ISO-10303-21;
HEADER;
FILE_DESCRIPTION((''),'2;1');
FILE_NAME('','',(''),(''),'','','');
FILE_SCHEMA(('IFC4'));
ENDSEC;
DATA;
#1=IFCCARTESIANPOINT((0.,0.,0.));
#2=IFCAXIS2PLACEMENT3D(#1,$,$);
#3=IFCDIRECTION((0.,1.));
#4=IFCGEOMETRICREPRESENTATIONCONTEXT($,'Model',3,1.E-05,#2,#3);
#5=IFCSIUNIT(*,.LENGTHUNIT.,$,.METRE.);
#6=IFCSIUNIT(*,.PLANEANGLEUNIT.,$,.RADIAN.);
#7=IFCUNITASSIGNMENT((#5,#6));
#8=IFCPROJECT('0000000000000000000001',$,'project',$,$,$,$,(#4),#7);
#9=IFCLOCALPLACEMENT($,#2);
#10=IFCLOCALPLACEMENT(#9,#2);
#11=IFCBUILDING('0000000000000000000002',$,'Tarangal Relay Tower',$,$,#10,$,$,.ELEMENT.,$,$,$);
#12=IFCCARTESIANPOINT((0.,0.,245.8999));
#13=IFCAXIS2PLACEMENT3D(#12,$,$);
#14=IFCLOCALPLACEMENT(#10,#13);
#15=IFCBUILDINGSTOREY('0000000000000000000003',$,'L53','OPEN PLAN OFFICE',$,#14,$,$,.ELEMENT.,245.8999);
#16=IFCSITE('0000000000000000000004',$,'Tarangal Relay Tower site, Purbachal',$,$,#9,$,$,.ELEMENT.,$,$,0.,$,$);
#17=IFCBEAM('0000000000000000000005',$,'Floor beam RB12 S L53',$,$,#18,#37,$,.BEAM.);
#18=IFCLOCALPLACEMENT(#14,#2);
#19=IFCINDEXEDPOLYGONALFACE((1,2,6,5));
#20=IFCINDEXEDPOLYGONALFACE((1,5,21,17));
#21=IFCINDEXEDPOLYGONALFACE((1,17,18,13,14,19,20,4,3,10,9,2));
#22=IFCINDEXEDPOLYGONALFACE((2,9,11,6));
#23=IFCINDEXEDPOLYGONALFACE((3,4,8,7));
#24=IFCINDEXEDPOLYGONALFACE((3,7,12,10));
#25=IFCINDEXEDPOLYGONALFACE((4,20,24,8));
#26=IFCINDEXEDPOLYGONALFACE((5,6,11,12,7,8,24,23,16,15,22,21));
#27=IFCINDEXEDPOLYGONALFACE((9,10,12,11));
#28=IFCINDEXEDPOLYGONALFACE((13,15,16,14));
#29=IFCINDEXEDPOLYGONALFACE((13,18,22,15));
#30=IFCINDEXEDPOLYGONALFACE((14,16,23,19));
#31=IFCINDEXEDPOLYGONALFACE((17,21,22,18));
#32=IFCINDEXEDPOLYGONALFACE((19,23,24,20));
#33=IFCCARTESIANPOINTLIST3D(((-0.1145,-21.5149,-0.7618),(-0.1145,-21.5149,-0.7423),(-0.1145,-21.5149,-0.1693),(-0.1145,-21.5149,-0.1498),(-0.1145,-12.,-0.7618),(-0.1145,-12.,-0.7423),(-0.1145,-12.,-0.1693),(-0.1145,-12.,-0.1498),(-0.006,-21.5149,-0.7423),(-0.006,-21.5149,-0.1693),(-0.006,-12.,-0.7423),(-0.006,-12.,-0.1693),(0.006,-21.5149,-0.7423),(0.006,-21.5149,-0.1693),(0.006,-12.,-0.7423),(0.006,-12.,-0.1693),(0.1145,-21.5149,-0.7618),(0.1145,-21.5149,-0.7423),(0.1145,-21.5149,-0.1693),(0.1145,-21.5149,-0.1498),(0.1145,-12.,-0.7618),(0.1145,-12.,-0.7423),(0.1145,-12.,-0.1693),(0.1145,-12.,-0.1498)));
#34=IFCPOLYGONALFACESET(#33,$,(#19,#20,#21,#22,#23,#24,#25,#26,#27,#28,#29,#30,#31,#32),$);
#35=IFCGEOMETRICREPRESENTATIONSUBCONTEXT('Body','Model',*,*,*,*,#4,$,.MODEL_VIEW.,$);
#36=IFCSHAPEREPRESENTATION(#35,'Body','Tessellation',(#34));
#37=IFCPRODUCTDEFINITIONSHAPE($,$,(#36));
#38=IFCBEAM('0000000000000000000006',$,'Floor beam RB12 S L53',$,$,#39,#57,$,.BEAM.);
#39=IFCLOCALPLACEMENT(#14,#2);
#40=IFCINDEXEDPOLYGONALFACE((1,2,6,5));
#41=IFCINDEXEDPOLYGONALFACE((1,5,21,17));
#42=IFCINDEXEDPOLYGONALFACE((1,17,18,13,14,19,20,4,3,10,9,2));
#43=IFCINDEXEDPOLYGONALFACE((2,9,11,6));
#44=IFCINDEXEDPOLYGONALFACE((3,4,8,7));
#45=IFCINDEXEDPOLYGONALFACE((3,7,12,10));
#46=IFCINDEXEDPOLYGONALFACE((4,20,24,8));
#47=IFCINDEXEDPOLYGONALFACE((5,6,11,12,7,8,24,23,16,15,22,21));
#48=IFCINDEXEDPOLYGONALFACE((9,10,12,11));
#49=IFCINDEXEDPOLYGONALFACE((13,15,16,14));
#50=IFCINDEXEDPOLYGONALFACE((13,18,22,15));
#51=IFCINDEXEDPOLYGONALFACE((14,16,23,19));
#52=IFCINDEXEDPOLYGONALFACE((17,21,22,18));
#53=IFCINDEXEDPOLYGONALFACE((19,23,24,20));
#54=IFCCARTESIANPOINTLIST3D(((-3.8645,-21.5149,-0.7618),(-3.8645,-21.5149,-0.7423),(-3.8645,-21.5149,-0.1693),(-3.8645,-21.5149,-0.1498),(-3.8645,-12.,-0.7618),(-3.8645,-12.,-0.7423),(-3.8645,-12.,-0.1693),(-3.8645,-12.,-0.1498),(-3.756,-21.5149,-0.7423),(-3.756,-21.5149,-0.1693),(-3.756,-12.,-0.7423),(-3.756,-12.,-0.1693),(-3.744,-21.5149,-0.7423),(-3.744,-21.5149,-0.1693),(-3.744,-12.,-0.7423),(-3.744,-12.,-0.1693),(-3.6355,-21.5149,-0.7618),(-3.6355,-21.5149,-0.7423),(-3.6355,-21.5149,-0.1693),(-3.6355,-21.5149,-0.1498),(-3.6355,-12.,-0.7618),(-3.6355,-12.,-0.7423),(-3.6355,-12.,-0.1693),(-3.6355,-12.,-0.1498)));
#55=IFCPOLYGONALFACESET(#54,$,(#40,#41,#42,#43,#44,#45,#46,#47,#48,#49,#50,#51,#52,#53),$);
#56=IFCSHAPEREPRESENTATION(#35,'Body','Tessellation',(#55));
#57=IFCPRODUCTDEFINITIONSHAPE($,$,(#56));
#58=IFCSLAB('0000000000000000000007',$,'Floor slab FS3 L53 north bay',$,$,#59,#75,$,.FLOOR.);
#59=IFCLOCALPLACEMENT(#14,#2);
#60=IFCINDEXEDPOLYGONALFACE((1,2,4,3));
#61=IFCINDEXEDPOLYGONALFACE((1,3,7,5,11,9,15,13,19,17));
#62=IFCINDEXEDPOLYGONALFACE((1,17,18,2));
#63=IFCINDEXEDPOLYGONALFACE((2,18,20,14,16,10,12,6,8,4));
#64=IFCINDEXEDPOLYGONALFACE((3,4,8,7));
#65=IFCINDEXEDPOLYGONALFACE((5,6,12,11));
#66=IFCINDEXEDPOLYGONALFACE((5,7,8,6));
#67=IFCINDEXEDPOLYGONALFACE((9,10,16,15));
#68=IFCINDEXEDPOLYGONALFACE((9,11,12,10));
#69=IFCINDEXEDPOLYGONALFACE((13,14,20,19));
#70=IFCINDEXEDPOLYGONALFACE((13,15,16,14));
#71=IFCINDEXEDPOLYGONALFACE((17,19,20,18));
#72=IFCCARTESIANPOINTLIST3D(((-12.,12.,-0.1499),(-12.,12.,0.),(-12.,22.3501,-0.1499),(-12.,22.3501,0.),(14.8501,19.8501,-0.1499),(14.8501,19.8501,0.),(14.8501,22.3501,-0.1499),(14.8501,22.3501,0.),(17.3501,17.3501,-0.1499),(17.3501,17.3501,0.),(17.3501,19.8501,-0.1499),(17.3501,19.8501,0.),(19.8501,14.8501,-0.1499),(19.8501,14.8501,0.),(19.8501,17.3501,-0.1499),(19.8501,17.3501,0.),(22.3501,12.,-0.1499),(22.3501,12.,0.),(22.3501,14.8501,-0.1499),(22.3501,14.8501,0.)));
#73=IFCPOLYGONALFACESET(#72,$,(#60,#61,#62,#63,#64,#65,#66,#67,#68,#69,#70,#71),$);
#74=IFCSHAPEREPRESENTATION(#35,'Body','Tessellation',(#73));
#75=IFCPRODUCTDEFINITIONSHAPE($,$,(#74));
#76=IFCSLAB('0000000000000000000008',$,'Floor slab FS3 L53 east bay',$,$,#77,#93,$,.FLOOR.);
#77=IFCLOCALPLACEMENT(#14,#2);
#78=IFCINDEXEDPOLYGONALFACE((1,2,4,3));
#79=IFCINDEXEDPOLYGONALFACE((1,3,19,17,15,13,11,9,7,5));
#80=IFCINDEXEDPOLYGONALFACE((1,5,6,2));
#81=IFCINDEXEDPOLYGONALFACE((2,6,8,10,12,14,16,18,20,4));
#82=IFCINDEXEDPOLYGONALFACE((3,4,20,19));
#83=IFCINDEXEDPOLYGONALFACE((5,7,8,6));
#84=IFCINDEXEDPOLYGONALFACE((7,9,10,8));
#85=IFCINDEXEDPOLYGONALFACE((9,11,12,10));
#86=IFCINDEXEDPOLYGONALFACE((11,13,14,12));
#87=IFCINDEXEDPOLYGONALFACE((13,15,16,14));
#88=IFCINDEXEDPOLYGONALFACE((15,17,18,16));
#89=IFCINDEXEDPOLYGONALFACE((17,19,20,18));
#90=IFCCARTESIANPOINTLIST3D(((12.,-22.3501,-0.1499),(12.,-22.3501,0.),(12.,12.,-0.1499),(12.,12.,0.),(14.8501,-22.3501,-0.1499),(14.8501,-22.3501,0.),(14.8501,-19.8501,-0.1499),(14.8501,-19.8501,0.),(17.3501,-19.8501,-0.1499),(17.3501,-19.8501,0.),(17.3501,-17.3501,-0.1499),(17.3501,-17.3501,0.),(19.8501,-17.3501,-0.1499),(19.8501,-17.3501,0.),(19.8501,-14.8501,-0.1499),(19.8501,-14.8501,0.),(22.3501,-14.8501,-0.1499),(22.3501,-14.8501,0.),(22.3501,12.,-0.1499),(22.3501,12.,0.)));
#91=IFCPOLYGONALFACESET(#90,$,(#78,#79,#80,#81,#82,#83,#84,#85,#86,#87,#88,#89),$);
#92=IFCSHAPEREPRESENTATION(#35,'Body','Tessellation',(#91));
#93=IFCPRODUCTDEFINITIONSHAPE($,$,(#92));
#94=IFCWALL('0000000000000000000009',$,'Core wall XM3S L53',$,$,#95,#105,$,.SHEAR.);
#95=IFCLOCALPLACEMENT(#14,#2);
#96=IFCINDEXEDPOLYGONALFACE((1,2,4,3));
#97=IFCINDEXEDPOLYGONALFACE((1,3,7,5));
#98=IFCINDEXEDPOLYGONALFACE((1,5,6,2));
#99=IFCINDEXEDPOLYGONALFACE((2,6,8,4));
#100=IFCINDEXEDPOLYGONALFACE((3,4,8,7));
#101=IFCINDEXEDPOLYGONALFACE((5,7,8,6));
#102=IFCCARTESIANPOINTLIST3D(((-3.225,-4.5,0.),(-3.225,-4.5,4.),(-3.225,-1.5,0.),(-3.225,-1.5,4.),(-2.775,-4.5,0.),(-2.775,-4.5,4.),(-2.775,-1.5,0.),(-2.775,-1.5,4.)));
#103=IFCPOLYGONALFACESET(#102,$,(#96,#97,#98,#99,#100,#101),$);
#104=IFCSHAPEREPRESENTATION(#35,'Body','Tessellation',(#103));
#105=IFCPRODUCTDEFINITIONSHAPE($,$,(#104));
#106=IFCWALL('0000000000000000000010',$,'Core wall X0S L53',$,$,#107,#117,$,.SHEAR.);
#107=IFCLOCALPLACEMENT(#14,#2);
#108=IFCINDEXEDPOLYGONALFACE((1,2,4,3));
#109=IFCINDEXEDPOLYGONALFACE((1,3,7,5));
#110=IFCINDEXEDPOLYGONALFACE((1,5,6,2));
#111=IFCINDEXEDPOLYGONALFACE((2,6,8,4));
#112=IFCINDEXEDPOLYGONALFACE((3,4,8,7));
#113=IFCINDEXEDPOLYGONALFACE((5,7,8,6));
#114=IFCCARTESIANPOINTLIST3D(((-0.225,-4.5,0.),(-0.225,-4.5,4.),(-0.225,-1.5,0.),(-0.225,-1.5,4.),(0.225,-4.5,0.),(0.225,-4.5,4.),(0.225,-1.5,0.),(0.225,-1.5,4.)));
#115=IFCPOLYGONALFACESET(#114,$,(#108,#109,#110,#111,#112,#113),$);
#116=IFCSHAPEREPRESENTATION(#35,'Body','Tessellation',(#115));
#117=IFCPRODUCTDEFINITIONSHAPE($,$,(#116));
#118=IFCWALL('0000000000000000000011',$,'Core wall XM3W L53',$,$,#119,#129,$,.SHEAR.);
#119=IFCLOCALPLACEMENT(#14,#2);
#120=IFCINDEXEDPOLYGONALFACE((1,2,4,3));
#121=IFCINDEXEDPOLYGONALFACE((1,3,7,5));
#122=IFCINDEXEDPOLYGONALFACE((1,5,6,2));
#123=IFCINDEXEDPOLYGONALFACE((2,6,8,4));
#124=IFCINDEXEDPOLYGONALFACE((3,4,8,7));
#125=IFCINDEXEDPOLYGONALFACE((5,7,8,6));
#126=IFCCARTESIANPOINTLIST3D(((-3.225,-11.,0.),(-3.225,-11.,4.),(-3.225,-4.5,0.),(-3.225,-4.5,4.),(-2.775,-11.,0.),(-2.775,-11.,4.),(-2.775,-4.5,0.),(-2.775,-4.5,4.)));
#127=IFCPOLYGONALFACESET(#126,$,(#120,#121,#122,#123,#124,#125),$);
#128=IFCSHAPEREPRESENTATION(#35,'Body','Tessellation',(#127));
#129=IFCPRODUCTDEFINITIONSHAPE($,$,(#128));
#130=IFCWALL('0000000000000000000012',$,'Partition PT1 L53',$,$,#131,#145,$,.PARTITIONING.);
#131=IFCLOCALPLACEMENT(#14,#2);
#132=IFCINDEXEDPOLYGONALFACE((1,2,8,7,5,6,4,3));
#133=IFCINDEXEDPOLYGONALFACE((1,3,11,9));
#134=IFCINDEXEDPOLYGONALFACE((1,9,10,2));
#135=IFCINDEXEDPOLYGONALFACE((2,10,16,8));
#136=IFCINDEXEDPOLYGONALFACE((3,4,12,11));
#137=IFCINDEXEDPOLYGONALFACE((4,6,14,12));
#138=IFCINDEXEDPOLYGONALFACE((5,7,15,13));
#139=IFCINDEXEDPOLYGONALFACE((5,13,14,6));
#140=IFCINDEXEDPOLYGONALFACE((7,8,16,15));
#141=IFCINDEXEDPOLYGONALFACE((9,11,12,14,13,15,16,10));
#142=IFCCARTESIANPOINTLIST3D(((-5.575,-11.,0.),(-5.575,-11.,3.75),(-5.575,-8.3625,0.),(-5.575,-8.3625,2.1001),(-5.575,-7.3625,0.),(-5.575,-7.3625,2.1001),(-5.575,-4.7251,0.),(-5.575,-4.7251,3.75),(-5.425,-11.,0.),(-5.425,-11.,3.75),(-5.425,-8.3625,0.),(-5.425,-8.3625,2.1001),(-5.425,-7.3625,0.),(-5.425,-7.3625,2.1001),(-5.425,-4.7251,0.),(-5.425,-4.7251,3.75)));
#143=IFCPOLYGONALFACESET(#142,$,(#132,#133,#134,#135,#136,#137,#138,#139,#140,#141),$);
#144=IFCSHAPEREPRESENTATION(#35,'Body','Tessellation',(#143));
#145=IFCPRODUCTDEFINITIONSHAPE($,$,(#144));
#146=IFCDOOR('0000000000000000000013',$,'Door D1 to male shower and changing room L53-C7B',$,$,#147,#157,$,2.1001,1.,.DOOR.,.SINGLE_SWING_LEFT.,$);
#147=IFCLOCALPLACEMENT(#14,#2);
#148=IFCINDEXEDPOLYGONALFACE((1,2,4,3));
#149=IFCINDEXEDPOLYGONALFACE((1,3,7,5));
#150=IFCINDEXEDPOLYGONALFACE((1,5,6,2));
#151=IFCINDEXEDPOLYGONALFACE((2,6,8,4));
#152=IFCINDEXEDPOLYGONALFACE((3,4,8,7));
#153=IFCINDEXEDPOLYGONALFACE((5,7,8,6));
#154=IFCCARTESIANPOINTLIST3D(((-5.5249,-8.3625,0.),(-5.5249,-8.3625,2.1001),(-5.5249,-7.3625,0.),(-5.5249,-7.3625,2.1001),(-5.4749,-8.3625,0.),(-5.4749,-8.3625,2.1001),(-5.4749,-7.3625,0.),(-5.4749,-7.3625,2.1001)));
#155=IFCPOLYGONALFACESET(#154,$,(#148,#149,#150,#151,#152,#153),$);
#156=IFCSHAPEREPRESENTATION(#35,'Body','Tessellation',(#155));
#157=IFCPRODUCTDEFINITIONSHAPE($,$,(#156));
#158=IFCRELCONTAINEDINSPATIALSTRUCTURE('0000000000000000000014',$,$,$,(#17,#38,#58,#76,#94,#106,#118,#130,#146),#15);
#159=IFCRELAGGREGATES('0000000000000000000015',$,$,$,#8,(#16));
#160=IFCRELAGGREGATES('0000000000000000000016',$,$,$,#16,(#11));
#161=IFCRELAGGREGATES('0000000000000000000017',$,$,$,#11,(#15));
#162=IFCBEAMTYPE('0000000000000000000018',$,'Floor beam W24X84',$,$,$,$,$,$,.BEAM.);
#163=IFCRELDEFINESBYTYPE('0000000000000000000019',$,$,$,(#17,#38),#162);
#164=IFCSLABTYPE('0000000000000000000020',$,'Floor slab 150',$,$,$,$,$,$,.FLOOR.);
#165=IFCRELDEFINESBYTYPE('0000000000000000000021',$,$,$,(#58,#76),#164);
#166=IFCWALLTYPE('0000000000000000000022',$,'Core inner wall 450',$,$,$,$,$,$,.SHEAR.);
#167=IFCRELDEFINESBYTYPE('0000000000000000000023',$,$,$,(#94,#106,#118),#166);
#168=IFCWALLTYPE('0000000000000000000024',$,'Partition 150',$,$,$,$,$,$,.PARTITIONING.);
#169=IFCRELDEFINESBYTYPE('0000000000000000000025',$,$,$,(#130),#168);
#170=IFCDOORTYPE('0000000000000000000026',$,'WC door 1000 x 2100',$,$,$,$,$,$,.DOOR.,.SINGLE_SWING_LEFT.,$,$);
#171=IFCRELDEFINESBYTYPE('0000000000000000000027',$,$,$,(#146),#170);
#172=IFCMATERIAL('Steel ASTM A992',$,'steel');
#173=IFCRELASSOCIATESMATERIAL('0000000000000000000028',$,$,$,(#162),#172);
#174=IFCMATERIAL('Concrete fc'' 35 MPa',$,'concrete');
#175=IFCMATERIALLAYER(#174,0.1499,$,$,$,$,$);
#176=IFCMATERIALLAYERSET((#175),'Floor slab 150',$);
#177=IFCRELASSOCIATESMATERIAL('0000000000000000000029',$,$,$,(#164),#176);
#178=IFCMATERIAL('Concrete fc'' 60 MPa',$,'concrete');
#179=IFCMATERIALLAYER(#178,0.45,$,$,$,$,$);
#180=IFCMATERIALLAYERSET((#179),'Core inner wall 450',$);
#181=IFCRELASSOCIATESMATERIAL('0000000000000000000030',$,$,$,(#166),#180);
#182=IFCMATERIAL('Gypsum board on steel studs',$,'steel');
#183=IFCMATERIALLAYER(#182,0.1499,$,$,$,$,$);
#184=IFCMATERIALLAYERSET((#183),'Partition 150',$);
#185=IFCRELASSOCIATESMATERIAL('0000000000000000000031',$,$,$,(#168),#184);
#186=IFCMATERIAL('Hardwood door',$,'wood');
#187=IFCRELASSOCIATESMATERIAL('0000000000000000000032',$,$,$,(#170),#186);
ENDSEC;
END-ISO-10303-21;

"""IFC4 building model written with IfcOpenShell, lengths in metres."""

from ifc_helpers import new_model, si_unit, direction, frame, frame_2d, origin, origin_2d, place, context, subcontext, project, spatial, polyline, rectangle, i_section, outline, extrude, material, layer, layer_set, material_profile, profile_set, type_object, element, fill, save


model = new_model("IFC4")

# Units and contexts
model_context = context("Model", 3, precision=1e-05, world=origin(), true_north=direction((0.0, 1.0)))
body_context = subcontext(model_context, "Body", "Model", "MODEL_VIEW")
ifc_project = project(units=[si_unit("LENGTHUNIT", "METRE"), si_unit("PLANEANGLEUNIT", "RADIAN")], contexts=[model_context])

# Site, building, storey
site_placement = place(None, origin())
site = spatial("IfcSite", under=ifc_project, at=site_placement, Name="Tarangal Relay Tower site, Purbachal", CompositionType="ELEMENT", RefElevation=0.0)
building_placement = place(site_placement, origin())
building = spatial("IfcBuilding", under=site, at=building_placement, Name="Tarangal Relay Tower", CompositionType="ELEMENT")
storey_placement = place(building_placement, frame((0.0, 0.0, 245.8999)))
storey = spatial("IfcBuildingStorey", under=building, at=storey_placement, Name="L53", Description="OPEN PLAN OFFICE", CompositionType="ELEMENT", Elevation=245.8999)

# Beams
ifc_material_1 = material(Name="Steel ASTM A992", Category="steel")
ifc_material_profile = material_profile(ifc_material_1, i_section(OverallWidth=0.229, OverallDepth=0.6121, WebThickness=0.012, FlangeThickness=0.0195, at=origin_2d()), Name="W24X84")
ifc_profile_set = profile_set([ifc_material_profile], Name="Steel ASTM A992")
beam_type = type_object("IfcBeamType", Name="Floor beam W24X84", PredefinedType="BEAM", material=ifc_profile_set)
for number, where, z_axis, x_axis, name in (
    (1, (0.0, -12.0, -0.4558), (0.0, -1.0, 0.0), (1.0, 0.0, 0.0), "Floor beam RB12 S L53"),
    (2, (-3.75, -12.0, -0.4558), (0.0, -1.0, 0.0), (1.0, 0.0, 0.0), "Floor beam RB12 S L53"),
):
    element("IfcBeam", number, at=place(storey_placement, frame(where, z_axis=z_axis, x_axis=x_axis)), inside=storey, type_object=beam_type, Name=name, PredefinedType="BEAM", context=body_context, shape_type="SweptSolid", body=[
        extrude(i_section(OverallWidth=0.229, OverallDepth=0.6121, WebThickness=0.012, FlangeThickness=0.0195, at=origin_2d()), origin(), (0.0, 0.0, 1.0), 9.5149),
    ])

# Slabs
ifc_material_2 = material(Name="Concrete fc' 35 MPa", Category="concrete")
ifc_layer_1 = layer(ifc_material_2, 0.1499)
ifc_layer_set_1 = layer_set([ifc_layer_1], Name="Floor slab 150")
slab_type = type_object("IfcSlabType", Name="Floor slab 150", PredefinedType="FLOOR", material=ifc_layer_set_1)
slab_1_placement = place(storey_placement, frame((0.0, 0.0, -0.1499)))
element("IfcSlab", 3, at=slab_1_placement, inside=storey, type_object=slab_type, Name="Floor slab FS3 L53 north bay", PredefinedType="FLOOR", context=body_context, shape_type="SweptSolid", body=[
    extrude(outline(polyline([(14.8501, 22.3501), (14.8501, 19.8501), (17.3501, 19.8501), (17.3501, 17.3501), (19.8501, 17.3501), (19.8501, 14.8501), (22.3501, 14.8501), (22.3501, 12.0), (-12.0, 12.0), (-12.0, 22.3501), (14.8501, 22.3501)])), origin(), (0.0, 0.0, 1.0), 0.1499),
])
slab_2_placement = place(storey_placement, frame((0.0, 0.0, -0.1499)))
element("IfcSlab", 4, at=slab_2_placement, inside=storey, type_object=slab_type, Name="Floor slab FS3 L53 east bay", PredefinedType="FLOOR", context=body_context, shape_type="SweptSolid", body=[
    extrude(outline(polyline([(22.3501, -14.8501), (19.8501, -14.8501), (19.8501, -17.3501), (17.3501, -17.3501), (17.3501, -19.8501), (14.8501, -19.8501), (14.8501, -22.3501), (12.0, -22.3501), (12.0, 12.0), (22.3501, 12.0), (22.3501, -14.8501)])), origin(), (0.0, 0.0, 1.0), 0.1499),
])

# Walls
ifc_material_3 = material(Name="Concrete fc' 60 MPa", Category="concrete")
ifc_layer_2 = layer(ifc_material_3, 0.45)
ifc_layer_set_2 = layer_set([ifc_layer_2], Name="Core inner wall 450")
wall_type_1 = type_object("IfcWallType", Name="Core inner wall 450", PredefinedType="SHEAR", material=ifc_layer_set_2)
for number, where, z_axis, x_axis, name in (
    (5, (-3.0, -4.5, 0.0), (0.0, 0.0, 1.0), (0.0, 1.0, 0.0), "Core wall XM3S L53"),
    (6, (0.0, -4.5, 0.0), (0.0, 0.0, 1.0), (0.0, 1.0, 0.0), "Core wall X0S L53"),
):
    element("IfcWall", number, at=place(storey_placement, frame(where, z_axis=z_axis, x_axis=x_axis)), inside=storey, type_object=wall_type_1, Name=name, PredefinedType="SHEAR", context=body_context, shape_type="SweptSolid", body=[
        extrude(rectangle(XDim=3.0, YDim=0.45, at=frame_2d((1.5, 0.0))), origin(), (0.0, 0.0, 1.0), 4.0),
    ])
wall_1_placement = place(storey_placement, frame((-3.0, -11.0, 0.0), z_axis=(0.0, 0.0, 1.0), x_axis=(0.0, 1.0, 0.0)))
element("IfcWall", 7, at=wall_1_placement, inside=storey, type_object=wall_type_1, Name="Core wall XM3W L53", PredefinedType="SHEAR", context=body_context, shape_type="SweptSolid", body=[
    extrude(rectangle(XDim=6.5, YDim=0.45, at=frame_2d((3.25, 0.0))), origin(), (0.0, 0.0, 1.0), 4.0),
])

# Wall, opening, door
ifc_material_4 = material(Name="Gypsum board on steel studs", Category="steel")
ifc_layer_3 = layer(ifc_material_4, 0.1499)
ifc_layer_set_3 = layer_set([ifc_layer_3], Name="Partition 150")
wall_type_2 = type_object("IfcWallType", Name="Partition 150", PredefinedType="PARTITIONING", material=ifc_layer_set_3)
wall_2_placement = place(storey_placement, frame((-5.5, -11.0, 0.0), z_axis=(0.0, 0.0, 1.0), x_axis=(0.0, 1.0, 0.0)))
wall_2 = element("IfcWall", 8, at=wall_2_placement, inside=storey, type_object=wall_type_2, Name="Partition PT1 L53", PredefinedType="PARTITIONING", context=body_context, shape_type="SweptSolid", body=[
    extrude(rectangle(XDim=6.2749, YDim=0.1499, at=frame_2d((3.1375, 0.0))), origin(), (0.0, 0.0, 1.0), 3.75),
])
opening_placement = place(wall_2_placement, frame((2.6375, 0.0, 0.0)))
opening = element("IfcOpeningElement", 9, at=opening_placement, cuts=wall_2, PredefinedType="OPENING", context=body_context, shape_type="SweptSolid", body=[
    extrude(rectangle(XDim=1.0, YDim=2.1001, at=frame_2d((0.5, 1.05))), frame((0.0, 0.085, 0.0), z_axis=(0.0, -1.0, 0.0), x_axis=(1.0, 0.0, 0.0)), (0.0, 0.0, 1.0), 0.1699),
])
ifc_material_5 = material(Name="Hardwood door", Category="wood")
door_type = type_object("IfcDoorType", Name="WC door 1000 x 2100", OperationType="SINGLE_SWING_LEFT", PredefinedType="DOOR", material=ifc_material_5)
door_placement = place(opening_placement, origin())
door = element("IfcDoor", 10, at=door_placement, inside=storey, type_object=door_type, Name="Door D1 to male shower and changing room L53-C7B", OperationType="SINGLE_SWING_LEFT", OverallHeight=2.1001, OverallWidth=1.0, PredefinedType="DOOR", context=body_context, shape_type="SweptSolid", body=[
    extrude(rectangle(XDim=1.0, YDim=2.1001, at=frame_2d((0.5, 1.05))), frame((0.0, 0.0249, 0.0), z_axis=(0.0, -1.0, 0.0), x_axis=(1.0, 0.0, 0.0)), (0.0, 0.0, 1.0), 0.05),
])
fill(opening, door)

save(model, "model.ifc")
